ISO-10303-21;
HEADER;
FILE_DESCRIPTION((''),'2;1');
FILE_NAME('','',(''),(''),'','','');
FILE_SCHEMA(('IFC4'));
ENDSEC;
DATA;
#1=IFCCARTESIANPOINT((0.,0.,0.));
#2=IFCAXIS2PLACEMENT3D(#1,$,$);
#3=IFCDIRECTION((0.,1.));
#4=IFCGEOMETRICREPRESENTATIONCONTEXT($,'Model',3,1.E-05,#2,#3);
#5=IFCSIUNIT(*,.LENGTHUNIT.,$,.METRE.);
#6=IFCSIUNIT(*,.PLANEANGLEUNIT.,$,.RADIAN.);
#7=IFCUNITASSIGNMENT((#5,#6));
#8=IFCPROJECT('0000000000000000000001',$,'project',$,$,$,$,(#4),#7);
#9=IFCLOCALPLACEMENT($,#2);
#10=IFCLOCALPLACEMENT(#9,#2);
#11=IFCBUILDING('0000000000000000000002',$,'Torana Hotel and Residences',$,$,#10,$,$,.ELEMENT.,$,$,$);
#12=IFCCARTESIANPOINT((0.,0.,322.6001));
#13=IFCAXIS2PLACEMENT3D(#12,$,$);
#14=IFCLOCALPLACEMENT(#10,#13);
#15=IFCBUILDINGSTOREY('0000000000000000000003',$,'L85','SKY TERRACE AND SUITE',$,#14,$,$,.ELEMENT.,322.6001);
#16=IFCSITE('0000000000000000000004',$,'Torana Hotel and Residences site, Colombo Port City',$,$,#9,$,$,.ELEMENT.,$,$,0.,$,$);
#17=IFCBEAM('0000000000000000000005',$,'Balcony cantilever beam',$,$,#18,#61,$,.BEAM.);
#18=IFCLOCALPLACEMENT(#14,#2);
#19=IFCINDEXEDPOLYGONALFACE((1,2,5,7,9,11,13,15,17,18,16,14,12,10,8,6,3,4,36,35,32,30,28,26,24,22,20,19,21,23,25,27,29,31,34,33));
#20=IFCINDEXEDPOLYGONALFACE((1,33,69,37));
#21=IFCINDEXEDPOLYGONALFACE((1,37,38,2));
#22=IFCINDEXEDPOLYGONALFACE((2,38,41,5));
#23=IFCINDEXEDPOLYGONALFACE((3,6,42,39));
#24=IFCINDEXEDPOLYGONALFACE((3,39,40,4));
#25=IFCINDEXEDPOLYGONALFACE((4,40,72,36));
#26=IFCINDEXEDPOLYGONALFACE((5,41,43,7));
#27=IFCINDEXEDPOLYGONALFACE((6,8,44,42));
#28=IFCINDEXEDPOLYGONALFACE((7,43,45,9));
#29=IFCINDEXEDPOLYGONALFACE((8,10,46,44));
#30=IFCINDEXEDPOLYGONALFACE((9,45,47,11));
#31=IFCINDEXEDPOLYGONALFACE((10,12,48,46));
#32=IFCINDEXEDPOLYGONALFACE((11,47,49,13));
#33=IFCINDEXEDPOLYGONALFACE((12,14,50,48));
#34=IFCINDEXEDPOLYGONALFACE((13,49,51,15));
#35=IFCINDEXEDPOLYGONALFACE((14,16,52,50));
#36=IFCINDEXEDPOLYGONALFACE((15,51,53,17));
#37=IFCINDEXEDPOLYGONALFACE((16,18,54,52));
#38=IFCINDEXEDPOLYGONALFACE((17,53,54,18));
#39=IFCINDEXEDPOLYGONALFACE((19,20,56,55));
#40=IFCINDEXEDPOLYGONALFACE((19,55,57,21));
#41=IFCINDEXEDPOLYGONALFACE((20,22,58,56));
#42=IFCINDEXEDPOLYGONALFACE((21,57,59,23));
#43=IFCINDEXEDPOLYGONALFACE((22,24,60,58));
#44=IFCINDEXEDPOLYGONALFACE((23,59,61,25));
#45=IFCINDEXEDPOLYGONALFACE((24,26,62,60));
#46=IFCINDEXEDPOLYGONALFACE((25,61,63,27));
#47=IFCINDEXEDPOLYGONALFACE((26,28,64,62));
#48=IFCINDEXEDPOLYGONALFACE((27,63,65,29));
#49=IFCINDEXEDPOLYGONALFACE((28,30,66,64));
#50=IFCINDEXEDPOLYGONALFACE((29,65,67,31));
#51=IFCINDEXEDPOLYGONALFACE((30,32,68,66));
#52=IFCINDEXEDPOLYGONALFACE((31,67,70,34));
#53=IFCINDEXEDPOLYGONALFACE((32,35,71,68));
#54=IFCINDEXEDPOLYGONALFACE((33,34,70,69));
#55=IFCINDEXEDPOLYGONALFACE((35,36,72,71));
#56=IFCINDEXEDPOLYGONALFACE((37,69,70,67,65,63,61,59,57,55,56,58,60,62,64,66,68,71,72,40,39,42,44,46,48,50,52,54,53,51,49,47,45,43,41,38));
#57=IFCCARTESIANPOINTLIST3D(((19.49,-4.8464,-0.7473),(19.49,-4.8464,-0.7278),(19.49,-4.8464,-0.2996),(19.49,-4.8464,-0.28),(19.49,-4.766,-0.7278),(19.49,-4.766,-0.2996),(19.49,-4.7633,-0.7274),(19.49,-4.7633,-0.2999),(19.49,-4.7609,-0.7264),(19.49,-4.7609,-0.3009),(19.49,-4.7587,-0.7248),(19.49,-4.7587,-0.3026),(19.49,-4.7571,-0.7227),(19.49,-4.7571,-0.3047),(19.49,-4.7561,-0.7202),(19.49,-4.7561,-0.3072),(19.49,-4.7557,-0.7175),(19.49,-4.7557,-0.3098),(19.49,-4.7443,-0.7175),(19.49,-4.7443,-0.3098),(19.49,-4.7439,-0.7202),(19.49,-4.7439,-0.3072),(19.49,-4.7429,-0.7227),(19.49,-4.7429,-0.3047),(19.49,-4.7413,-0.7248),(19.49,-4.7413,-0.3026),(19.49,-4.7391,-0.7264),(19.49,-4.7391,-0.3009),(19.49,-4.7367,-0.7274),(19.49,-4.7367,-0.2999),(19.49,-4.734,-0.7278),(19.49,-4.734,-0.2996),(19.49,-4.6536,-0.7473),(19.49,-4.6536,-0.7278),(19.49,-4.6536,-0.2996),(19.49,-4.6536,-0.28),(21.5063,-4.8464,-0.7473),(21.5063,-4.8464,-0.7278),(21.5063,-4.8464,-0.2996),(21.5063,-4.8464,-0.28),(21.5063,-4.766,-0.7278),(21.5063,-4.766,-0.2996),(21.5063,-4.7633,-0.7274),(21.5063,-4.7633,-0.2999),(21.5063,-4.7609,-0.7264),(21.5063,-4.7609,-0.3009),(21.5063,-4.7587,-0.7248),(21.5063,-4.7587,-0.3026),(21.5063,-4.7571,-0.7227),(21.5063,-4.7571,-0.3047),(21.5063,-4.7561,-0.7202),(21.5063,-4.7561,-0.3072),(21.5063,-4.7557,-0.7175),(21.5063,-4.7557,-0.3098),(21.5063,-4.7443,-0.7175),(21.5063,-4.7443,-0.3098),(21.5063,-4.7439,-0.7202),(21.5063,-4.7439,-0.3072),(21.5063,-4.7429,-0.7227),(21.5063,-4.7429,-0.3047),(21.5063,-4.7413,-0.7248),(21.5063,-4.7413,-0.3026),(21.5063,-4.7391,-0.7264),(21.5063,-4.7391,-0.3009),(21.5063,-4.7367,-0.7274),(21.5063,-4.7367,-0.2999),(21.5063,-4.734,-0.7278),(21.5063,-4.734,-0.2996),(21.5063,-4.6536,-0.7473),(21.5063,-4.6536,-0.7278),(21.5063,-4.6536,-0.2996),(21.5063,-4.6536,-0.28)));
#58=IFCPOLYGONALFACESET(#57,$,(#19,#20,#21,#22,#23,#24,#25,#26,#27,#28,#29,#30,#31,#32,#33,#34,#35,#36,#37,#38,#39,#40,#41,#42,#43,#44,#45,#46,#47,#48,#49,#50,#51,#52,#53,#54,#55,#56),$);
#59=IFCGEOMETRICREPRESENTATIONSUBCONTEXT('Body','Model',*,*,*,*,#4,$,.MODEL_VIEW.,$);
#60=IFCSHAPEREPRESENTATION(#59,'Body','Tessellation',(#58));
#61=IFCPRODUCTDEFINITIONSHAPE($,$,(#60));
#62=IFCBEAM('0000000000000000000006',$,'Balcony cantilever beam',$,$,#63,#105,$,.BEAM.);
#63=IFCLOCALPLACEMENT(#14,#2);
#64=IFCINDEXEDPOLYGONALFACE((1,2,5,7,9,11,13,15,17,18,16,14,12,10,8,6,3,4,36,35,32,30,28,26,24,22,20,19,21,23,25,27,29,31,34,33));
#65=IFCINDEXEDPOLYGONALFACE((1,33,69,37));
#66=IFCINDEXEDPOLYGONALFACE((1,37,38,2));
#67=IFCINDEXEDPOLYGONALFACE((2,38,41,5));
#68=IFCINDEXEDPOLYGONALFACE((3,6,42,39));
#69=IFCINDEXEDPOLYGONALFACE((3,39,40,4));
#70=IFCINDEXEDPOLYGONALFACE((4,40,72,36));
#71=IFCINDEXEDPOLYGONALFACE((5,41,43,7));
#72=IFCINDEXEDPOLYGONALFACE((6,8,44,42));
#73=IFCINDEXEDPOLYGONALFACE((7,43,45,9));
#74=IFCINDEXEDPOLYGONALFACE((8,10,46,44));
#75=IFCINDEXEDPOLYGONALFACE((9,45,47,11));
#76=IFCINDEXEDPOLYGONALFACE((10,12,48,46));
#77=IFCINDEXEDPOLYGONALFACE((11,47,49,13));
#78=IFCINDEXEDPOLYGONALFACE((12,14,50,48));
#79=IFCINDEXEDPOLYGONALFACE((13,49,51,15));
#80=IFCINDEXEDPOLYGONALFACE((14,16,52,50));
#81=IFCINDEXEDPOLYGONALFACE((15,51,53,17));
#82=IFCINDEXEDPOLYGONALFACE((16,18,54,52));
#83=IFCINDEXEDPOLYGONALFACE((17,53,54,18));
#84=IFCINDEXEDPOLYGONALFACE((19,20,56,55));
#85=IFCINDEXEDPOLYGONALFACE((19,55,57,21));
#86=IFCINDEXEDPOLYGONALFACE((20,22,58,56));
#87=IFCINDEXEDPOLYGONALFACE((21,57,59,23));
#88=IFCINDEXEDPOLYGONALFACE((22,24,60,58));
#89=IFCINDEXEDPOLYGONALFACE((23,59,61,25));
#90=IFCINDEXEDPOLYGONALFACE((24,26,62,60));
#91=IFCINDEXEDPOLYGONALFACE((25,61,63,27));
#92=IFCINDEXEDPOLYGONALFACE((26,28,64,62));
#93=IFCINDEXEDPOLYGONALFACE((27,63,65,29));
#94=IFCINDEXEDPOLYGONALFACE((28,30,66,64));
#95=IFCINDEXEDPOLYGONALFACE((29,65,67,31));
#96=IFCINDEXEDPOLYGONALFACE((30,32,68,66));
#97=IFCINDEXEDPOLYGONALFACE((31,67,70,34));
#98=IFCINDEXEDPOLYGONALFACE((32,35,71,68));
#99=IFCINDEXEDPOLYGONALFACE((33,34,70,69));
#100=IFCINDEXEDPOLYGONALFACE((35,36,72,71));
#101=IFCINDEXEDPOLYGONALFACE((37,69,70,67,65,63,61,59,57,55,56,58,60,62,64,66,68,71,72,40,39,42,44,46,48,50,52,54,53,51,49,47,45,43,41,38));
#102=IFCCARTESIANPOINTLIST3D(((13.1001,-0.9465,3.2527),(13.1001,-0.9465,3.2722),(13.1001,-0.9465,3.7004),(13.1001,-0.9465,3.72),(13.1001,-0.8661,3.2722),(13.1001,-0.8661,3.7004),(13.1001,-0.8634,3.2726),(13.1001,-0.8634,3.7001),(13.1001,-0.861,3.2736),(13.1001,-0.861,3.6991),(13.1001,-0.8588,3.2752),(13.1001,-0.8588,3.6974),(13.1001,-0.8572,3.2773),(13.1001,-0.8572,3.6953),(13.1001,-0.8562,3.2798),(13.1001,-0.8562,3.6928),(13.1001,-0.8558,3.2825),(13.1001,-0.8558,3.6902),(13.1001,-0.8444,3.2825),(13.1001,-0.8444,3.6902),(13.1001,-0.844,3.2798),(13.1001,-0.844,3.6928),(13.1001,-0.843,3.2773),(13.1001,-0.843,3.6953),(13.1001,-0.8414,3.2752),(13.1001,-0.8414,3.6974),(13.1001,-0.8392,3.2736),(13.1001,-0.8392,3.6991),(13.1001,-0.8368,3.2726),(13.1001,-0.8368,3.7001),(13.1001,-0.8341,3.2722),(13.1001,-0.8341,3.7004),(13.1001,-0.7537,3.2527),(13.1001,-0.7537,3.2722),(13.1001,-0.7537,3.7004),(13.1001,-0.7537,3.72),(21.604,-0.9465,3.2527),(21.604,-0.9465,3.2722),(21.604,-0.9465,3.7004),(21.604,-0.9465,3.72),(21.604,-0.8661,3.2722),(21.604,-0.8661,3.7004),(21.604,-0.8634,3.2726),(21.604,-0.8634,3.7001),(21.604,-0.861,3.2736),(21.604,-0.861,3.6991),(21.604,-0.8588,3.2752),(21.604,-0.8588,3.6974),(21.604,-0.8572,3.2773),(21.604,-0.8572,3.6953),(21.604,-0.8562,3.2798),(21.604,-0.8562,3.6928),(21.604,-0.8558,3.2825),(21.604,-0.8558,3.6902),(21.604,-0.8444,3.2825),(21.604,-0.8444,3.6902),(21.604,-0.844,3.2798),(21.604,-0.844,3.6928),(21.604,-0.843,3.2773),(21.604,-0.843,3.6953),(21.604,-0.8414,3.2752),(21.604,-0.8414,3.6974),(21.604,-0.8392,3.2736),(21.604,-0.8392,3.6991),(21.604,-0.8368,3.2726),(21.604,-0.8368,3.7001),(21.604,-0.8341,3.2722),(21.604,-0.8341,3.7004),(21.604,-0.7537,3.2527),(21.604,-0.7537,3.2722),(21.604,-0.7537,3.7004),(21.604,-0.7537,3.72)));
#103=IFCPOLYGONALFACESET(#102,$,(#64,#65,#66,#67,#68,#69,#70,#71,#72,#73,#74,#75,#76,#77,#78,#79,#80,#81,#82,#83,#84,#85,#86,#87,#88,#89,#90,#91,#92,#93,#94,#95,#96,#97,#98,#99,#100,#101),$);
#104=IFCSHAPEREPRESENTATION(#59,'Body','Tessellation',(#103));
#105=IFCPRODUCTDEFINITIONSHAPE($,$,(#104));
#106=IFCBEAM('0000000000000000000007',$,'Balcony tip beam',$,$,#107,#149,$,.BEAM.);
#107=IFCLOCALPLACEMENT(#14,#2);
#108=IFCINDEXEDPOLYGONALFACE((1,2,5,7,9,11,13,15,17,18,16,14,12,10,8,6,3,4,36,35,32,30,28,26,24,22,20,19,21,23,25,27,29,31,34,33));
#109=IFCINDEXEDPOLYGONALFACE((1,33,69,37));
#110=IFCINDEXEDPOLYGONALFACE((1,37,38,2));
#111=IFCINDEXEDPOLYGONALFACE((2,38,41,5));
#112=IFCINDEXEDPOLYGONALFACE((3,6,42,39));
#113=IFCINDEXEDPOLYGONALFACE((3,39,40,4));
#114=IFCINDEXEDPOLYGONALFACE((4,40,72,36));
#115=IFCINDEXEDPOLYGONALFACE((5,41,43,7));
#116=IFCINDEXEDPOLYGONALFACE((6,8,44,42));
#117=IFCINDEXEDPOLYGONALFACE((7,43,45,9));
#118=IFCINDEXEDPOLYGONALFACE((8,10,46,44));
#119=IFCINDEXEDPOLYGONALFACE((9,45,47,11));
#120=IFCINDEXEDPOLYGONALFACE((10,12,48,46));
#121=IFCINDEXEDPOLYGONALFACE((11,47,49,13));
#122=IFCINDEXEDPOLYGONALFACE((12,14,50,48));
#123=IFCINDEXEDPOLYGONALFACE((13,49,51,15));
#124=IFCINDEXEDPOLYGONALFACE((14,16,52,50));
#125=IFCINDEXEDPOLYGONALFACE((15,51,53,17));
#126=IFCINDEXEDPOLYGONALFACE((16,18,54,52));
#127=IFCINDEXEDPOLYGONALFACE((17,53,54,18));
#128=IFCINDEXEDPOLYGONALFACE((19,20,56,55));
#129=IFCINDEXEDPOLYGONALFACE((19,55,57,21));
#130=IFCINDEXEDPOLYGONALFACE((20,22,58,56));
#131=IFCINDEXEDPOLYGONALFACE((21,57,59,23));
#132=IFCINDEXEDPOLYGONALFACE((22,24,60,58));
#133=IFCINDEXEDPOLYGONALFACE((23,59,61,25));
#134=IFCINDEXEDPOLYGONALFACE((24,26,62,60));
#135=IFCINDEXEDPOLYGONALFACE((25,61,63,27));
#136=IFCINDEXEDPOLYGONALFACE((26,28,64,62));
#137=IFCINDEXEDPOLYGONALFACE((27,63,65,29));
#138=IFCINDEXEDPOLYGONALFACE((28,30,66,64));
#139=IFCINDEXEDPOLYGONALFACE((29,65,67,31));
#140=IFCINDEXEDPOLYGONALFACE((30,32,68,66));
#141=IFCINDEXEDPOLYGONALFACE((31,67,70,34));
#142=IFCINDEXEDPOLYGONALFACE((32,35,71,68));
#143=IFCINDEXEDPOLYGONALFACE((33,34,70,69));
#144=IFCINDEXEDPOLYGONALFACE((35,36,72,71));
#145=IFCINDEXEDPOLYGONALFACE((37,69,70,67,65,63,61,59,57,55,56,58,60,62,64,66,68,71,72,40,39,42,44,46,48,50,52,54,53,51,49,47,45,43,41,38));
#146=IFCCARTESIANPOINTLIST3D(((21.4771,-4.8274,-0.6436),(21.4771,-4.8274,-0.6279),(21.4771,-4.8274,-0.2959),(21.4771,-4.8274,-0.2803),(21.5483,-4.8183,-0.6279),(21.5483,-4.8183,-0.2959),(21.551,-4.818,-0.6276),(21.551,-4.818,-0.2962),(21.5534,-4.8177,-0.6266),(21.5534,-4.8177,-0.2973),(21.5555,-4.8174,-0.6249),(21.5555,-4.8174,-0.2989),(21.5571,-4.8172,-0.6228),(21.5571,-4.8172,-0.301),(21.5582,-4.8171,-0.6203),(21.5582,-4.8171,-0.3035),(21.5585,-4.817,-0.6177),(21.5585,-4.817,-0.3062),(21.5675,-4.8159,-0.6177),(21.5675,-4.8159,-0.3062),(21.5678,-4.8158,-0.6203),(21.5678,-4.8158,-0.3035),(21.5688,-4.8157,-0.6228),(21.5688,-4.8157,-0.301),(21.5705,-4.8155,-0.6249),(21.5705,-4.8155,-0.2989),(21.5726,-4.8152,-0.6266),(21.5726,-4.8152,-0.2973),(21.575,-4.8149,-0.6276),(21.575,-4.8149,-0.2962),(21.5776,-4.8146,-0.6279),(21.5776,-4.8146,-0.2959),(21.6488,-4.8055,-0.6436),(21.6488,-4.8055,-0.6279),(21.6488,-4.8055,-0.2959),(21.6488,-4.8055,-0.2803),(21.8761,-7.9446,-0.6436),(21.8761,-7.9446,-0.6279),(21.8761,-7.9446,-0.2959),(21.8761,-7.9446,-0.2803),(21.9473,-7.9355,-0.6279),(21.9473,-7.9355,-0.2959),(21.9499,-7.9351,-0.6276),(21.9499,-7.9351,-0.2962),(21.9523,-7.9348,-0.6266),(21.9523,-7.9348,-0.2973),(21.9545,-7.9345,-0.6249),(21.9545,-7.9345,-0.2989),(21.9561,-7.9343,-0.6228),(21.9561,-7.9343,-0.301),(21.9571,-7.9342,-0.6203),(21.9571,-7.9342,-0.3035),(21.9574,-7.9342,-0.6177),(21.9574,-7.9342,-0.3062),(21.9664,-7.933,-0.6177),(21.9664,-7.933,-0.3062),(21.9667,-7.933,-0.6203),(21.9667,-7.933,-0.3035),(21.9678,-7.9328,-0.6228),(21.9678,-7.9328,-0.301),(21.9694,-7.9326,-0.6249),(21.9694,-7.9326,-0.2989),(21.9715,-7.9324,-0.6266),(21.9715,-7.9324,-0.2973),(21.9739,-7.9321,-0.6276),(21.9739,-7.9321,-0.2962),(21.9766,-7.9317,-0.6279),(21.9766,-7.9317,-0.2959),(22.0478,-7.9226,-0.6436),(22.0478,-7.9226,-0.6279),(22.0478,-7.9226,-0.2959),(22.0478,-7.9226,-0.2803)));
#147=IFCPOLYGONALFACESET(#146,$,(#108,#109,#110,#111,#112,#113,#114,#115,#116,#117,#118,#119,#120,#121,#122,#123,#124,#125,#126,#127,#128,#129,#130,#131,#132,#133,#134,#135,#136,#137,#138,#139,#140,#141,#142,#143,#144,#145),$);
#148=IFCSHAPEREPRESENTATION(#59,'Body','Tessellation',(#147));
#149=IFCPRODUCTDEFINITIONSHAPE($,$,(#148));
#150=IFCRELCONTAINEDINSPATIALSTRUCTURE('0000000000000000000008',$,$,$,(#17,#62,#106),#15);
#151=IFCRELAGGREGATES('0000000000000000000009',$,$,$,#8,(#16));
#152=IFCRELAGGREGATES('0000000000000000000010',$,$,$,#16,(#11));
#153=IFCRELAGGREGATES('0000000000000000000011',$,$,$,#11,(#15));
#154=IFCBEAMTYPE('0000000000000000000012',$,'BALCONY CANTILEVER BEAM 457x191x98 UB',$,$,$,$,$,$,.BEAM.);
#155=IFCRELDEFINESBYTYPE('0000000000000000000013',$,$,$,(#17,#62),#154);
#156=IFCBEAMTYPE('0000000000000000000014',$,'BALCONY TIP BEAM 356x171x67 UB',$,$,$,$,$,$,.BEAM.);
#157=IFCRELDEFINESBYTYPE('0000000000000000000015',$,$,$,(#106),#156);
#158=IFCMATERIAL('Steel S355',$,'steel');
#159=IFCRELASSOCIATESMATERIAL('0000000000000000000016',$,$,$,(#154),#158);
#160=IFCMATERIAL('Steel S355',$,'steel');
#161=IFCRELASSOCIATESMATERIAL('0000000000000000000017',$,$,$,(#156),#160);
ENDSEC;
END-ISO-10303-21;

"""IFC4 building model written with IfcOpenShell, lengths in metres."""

from ifc_helpers import new_model, si_unit, direction, frame, origin, origin_2d, place, context, subcontext, project, spatial, i_section, extrude, material, material_profile, profile_set, type_object, element, save


model = new_model("IFC4")

# Units and contexts
model_context = context("Model", 3, precision=1e-05, world=origin(), true_north=direction((0.0, 1.0)))
body_context = subcontext(model_context, "Body", "Model", "MODEL_VIEW")
ifc_project = project(units=[si_unit("LENGTHUNIT", "METRE"), si_unit("PLANEANGLEUNIT", "RADIAN")], contexts=[model_context])

# Site, building, storey
site_placement = place(None, origin())
site = spatial("IfcSite", under=ifc_project, at=site_placement, Name="Torana Hotel and Residences site, Colombo Port City", CompositionType="ELEMENT", RefElevation=0.0)
building_placement = place(site_placement, origin())
building = spatial("IfcBuilding", under=site, at=building_placement, Name="Torana Hotel and Residences", CompositionType="ELEMENT")
storey_placement = place(building_placement, frame((0.0, 0.0, 322.6001)))
storey = spatial("IfcBuildingStorey", under=building, at=storey_placement, Name="L85", Description="SKY TERRACE AND SUITE", CompositionType="ELEMENT", Elevation=322.6001)

# Beams
ifc_material_1 = material(Name="Steel S355", Category="steel")
ifc_material_profile_1 = material_profile(ifc_material_1, i_section(OverallWidth=0.1929, OverallDepth=0.4673, WebThickness=0.0115, FlangeThickness=0.0195, FilletRadius=0.0103, at=origin_2d()), Name="457x191x98 UB")
ifc_profile_set_1 = profile_set([ifc_material_profile_1], Name="Steel S355")
beam_type_1 = type_object("IfcBeamType", Name="BALCONY CANTILEVER BEAM 457x191x98 UB", PredefinedType="BEAM", material=ifc_profile_set_1)
beam_1_placement = place(storey_placement, frame((19.49, -4.75, -0.5137), z_axis=(1.0, 0.0, 0.0), x_axis=(0.0, 1.0, 0.0)))
element("IfcBeam", 1, at=beam_1_placement, inside=storey, type_object=beam_type_1, Name="Balcony cantilever beam", PredefinedType="BEAM", context=body_context, shape_type="SweptSolid", body=[
    extrude(i_section(OverallWidth=0.1929, OverallDepth=0.4673, WebThickness=0.0115, FlangeThickness=0.0195, FilletRadius=0.0103, at=origin_2d()), origin(), (0.0, 0.0, 1.0), 2.0164),
])
beam_2_placement = place(storey_placement, frame((21.604, -0.8501, 3.4863), z_axis=(-1.0, 0.0, 0.0), x_axis=(0.0, -1.0, 0.0)))
element("IfcBeam", 2, at=beam_2_placement, inside=storey, type_object=beam_type_1, Name="Balcony cantilever beam", PredefinedType="BEAM", context=body_context, shape_type="SweptSolid", body=[
    extrude(i_section(OverallWidth=0.1929, OverallDepth=0.4673, WebThickness=0.0115, FlangeThickness=0.0195, FilletRadius=0.0103, at=origin_2d()), origin(), (0.0, 0.0, 1.0), 8.5039),
])
ifc_material_2 = material(Name="Steel S355", Category="steel")
ifc_material_profile_2 = material_profile(ifc_material_2, i_section(OverallWidth=0.1731, OverallDepth=0.3633, WebThickness=0.009, FlangeThickness=0.0156, FilletRadius=0.0103, at=origin_2d()), Name="356x171x67 UB")
ifc_profile_set_2 = profile_set([ifc_material_profile_2], Name="Steel S355")
beam_type_2 = type_object("IfcBeamType", Name="BALCONY TIP BEAM 356x171x67 UB", PredefinedType="BEAM", material=ifc_profile_set_2)
beam_3_placement = place(storey_placement, frame((21.9619, -7.9336, -0.4619), z_axis=(-0.126941, 0.99191, 0.0), x_axis=(-0.99191, -0.126941, 0.0)))
element("IfcBeam", 3, at=beam_3_placement, inside=storey, type_object=beam_type_2, Name="Balcony tip beam", PredefinedType="BEAM", context=body_context, shape_type="SweptSolid", body=[
    extrude(i_section(OverallWidth=0.1731, OverallDepth=0.3633, WebThickness=0.009, FlangeThickness=0.0156, FilletRadius=0.0103, at=origin_2d()), origin(), (0.0, 0.0, 1.0), 3.1426),
])

save(model, "model.ifc")
